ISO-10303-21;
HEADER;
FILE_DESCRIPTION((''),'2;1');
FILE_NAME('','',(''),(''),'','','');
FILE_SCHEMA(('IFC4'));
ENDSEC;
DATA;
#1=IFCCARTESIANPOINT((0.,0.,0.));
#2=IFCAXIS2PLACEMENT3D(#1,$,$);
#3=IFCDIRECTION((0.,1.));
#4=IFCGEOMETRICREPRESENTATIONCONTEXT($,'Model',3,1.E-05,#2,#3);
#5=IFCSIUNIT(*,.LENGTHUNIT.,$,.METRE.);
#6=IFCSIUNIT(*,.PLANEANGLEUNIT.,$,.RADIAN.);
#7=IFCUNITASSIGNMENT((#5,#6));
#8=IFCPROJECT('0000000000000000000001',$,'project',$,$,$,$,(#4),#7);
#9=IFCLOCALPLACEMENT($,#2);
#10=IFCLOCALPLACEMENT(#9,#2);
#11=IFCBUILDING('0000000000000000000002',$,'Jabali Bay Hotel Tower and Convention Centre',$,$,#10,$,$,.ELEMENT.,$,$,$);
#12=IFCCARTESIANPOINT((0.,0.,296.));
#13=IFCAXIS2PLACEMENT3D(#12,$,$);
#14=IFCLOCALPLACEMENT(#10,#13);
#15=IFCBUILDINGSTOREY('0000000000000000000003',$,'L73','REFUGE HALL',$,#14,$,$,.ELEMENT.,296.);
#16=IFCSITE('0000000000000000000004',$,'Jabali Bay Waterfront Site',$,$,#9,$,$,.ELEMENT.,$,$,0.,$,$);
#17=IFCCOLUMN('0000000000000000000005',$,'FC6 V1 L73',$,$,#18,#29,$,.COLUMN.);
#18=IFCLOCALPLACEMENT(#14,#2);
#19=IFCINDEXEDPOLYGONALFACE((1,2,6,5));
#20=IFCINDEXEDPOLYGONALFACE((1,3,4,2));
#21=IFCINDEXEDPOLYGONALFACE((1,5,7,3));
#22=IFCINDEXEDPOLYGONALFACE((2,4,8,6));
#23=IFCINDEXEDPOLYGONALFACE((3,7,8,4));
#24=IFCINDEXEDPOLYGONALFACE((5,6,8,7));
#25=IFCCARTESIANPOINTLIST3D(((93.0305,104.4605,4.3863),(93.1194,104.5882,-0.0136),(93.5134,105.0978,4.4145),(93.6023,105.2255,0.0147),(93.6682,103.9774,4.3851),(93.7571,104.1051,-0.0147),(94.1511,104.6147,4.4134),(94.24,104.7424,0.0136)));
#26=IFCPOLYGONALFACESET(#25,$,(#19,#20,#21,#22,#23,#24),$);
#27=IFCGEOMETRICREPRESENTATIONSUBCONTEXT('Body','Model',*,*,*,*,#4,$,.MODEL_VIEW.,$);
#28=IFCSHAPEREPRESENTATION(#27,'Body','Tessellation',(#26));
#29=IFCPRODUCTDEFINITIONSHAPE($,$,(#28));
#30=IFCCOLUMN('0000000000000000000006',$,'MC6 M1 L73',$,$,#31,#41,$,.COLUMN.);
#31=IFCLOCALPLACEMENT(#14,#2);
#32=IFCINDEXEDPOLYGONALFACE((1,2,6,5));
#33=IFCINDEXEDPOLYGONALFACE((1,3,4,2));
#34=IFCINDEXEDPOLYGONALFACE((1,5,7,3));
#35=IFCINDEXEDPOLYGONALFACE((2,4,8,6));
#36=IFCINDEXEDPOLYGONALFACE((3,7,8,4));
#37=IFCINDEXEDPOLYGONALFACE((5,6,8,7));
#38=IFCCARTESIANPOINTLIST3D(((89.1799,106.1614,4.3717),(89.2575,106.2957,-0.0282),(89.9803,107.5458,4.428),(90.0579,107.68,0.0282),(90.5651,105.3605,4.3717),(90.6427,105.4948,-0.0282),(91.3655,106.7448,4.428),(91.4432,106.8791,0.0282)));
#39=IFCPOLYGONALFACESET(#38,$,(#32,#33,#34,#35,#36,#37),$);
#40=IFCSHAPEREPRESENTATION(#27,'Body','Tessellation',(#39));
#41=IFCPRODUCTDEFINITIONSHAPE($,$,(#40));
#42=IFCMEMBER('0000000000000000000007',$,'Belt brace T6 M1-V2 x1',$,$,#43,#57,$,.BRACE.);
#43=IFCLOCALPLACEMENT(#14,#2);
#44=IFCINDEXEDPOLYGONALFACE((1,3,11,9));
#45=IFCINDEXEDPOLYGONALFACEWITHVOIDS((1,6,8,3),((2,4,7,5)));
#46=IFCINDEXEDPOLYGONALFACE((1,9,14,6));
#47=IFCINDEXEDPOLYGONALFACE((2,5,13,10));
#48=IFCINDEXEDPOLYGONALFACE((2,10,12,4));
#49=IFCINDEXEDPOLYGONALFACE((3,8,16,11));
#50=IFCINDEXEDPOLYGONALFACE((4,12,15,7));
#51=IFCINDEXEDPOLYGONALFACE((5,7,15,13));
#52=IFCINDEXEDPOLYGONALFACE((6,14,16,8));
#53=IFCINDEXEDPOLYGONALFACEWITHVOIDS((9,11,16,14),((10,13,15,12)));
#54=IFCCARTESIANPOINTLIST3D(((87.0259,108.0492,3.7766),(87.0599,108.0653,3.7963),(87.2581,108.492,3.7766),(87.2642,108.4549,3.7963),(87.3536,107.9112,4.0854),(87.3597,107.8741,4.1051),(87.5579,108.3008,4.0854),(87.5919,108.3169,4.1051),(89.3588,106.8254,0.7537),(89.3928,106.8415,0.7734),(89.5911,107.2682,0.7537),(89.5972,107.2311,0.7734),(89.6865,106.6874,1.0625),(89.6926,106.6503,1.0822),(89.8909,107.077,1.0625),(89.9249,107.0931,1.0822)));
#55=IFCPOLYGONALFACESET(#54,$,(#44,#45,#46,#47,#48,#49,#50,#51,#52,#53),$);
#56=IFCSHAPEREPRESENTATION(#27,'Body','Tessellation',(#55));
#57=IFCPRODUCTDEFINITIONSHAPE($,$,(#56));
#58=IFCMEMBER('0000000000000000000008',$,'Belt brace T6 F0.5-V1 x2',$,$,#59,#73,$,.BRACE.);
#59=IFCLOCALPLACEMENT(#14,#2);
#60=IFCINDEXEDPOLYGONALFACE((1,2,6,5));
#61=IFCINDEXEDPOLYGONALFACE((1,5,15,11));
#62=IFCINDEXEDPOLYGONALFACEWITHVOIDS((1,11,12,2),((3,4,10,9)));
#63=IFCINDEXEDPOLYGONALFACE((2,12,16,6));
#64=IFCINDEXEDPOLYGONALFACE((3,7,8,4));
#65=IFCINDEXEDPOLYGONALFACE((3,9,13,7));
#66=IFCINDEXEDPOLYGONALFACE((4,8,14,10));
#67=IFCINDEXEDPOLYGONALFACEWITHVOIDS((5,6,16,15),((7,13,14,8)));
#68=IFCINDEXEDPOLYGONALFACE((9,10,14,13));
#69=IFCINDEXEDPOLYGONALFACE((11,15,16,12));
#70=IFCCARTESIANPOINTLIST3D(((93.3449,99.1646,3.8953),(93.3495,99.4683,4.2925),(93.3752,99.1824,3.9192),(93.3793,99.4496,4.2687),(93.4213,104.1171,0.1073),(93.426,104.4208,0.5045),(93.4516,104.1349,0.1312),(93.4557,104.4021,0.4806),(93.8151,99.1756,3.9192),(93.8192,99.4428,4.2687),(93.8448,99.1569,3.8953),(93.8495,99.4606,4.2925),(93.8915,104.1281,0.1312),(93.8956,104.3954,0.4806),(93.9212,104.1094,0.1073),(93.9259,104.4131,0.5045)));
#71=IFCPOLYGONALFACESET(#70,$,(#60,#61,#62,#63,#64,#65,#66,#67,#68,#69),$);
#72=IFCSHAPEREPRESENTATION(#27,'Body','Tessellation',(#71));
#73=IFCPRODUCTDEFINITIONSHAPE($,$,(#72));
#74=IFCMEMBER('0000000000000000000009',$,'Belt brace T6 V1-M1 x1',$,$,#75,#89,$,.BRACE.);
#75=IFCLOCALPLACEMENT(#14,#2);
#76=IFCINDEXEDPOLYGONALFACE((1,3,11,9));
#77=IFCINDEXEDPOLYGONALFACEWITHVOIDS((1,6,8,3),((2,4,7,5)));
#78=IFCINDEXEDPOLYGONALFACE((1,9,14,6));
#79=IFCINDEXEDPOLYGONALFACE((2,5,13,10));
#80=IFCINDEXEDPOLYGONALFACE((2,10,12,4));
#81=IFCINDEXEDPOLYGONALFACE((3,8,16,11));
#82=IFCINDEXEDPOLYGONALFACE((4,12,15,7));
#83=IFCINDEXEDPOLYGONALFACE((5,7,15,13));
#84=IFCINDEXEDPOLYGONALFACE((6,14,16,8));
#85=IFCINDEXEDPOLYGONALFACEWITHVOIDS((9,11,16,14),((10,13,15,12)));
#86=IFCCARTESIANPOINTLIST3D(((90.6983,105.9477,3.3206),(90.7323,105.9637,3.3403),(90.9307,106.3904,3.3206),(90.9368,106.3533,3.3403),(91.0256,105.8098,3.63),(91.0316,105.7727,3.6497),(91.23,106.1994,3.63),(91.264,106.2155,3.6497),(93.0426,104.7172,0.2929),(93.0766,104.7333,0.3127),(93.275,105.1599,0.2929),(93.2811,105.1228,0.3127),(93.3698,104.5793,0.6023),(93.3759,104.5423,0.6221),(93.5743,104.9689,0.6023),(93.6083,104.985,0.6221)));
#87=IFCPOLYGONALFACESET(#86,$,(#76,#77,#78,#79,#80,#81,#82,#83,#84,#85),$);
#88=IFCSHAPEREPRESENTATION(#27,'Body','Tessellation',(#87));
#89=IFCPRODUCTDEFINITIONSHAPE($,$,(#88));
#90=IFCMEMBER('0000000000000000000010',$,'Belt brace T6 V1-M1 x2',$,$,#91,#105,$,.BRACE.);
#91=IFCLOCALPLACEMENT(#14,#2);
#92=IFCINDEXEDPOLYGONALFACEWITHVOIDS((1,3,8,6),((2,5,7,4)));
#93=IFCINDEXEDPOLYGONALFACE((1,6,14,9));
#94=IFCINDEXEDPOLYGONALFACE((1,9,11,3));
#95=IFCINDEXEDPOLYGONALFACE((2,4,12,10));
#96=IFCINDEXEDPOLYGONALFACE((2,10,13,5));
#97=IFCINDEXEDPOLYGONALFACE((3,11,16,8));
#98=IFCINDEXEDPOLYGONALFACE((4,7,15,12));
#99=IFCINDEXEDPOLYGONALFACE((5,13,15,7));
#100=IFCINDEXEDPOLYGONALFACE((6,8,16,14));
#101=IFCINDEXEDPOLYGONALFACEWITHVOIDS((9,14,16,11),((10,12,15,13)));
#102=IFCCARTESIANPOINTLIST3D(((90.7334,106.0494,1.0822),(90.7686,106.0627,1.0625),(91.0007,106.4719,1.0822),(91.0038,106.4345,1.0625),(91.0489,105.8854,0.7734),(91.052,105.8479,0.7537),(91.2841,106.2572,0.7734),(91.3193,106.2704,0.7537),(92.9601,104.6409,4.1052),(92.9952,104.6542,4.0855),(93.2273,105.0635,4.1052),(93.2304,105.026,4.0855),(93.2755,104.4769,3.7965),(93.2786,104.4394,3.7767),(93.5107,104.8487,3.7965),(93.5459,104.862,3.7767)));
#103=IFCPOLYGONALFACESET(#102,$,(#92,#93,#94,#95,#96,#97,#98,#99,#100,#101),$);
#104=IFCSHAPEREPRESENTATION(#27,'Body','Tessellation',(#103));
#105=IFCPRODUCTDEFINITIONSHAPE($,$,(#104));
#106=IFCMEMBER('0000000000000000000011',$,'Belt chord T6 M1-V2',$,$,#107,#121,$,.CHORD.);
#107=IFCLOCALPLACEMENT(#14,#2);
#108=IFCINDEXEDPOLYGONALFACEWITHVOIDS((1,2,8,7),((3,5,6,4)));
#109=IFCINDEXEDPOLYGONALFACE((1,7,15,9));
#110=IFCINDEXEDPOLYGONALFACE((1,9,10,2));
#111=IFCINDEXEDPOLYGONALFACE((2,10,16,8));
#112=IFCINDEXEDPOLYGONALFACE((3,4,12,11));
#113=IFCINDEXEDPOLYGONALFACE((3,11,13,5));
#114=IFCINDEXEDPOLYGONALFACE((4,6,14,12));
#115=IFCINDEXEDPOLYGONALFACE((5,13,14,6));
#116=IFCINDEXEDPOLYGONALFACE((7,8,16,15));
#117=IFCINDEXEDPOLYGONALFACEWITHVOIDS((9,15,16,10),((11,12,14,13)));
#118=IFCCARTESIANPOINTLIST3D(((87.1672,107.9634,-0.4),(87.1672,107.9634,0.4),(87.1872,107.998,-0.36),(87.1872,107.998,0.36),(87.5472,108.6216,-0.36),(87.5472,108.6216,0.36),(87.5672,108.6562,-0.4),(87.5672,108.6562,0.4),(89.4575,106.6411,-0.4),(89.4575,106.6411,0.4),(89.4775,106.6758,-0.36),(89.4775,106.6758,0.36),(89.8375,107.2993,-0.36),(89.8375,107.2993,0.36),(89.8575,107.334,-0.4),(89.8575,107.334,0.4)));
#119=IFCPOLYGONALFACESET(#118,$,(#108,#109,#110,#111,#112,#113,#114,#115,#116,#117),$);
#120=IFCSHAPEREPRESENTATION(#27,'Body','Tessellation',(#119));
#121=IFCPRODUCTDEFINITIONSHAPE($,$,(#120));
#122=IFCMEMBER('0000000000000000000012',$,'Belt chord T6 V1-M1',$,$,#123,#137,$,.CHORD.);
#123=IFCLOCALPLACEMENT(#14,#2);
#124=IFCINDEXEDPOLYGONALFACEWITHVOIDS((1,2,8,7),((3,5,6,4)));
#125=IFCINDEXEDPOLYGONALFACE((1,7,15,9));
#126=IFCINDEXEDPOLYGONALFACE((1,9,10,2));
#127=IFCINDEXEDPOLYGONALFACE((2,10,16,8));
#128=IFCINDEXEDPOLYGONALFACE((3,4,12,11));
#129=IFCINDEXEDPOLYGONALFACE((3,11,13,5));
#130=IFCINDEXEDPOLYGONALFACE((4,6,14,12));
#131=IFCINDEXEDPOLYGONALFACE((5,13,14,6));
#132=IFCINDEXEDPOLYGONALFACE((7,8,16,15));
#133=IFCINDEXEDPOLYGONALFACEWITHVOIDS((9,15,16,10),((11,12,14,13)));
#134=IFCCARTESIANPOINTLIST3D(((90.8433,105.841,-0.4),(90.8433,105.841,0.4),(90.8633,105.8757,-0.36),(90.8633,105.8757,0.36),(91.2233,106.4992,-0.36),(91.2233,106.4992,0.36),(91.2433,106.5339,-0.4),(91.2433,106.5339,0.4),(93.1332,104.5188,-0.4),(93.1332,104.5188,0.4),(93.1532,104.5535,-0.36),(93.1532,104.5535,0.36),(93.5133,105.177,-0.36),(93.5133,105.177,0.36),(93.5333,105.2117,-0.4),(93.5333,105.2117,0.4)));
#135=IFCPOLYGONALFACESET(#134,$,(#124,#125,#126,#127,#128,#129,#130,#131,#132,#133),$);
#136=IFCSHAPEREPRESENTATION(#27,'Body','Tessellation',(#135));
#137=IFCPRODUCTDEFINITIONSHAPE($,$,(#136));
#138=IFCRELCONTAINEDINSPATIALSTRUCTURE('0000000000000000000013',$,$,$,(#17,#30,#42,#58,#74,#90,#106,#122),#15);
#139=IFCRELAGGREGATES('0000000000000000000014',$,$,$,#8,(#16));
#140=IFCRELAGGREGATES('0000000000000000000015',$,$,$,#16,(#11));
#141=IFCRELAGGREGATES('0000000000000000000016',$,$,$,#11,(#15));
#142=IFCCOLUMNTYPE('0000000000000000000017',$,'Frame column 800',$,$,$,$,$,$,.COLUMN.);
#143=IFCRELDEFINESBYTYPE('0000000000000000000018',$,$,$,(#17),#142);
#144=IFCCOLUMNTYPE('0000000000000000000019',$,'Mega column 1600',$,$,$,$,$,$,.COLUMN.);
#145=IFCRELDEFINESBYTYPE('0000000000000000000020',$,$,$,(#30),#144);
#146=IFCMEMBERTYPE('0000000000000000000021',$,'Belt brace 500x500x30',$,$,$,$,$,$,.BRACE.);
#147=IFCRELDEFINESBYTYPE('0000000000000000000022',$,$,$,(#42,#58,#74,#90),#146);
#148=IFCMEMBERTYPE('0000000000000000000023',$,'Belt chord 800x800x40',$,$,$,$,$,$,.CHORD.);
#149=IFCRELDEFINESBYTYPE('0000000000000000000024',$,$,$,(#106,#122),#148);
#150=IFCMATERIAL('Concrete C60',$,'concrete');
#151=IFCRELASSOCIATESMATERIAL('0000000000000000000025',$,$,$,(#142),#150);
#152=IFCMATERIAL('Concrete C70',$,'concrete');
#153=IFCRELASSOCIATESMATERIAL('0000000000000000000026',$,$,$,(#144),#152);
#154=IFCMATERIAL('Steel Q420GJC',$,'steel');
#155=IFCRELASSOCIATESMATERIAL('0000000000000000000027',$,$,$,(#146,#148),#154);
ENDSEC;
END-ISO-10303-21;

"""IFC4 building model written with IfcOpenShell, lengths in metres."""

from ifc_helpers import new_model, si_unit, direction, frame, origin, origin_2d, place, context, subcontext, project, spatial, rectangle, hollow_rectangle, extrude, material, material_profile, profile_set, type_object, element, save


model = new_model("IFC4")

# Units and contexts
model_context = context("Model", 3, precision=1e-05, world=origin(), true_north=direction((0.0, 1.0)))
body_context = subcontext(model_context, "Body", "Model", "MODEL_VIEW")
ifc_project = project(units=[si_unit("LENGTHUNIT", "METRE"), si_unit("PLANEANGLEUNIT", "RADIAN")], contexts=[model_context])

# Site, building, storey
site_placement = place(None, origin())
site = spatial("IfcSite", under=ifc_project, at=site_placement, Name="Jabali Bay Waterfront Site", CompositionType="ELEMENT", RefElevation=0.0)
building_placement = place(site_placement, origin())
building = spatial("IfcBuilding", under=site, at=building_placement, Name="Jabali Bay Hotel Tower and Convention Centre", CompositionType="ELEMENT")
storey_placement = place(building_placement, frame((0.0, 0.0, 296.0)))
storey = spatial("IfcBuildingStorey", under=building, at=storey_placement, Name="L73", Description="REFUGE HALL", CompositionType="ELEMENT", Elevation=296.0)

# Columns
ifc_material_1 = material(Name="Concrete C60", Category="concrete")
ifc_material_profile_1 = material_profile(ifc_material_1, rectangle(XDim=0.8, YDim=0.8, at=origin_2d()), Name="Frame column 800")
ifc_profile_set_1 = profile_set([ifc_material_profile_1], Name="Concrete C60")
column_type_1 = type_object("IfcColumnType", Name="Frame column 800", PredefinedType="COLUMN", material=ifc_profile_set_1)
column_1_placement = place(storey_placement, frame((93.6797, 104.6653, 0.0), z_axis=(-0.020185, -0.029002, 0.999376), x_axis=(0.60354, 0.796551, 0.035306)))
element("IfcColumn", 1, at=column_1_placement, inside=storey, type_object=column_type_1, Name="FC6 V1 L73", PredefinedType="COLUMN", context=body_context, shape_type="SweptSolid", body=[
    extrude(rectangle(XDim=0.8, YDim=0.8, at=origin_2d()), origin(), (0.0, 0.0, 1.0), 4.4026),
])
ifc_material_2 = material(Name="Concrete C70", Category="concrete")
ifc_material_profile_2 = material_profile(ifc_material_2, rectangle(XDim=1.6001, YDim=1.6001, at=origin_2d()), Name="Mega column 1600")
ifc_profile_set_2 = profile_set([ifc_material_profile_2], Name="Concrete C70")
column_type_2 = type_object("IfcColumnType", Name="Mega column 1600", PredefinedType="COLUMN", material=ifc_profile_set_2)
column_2_placement = place(storey_placement, frame((90.3503, 106.5874, 0.0), z_axis=(-0.017634, -0.030499, 0.999379), x_axis=(0.500233, 0.865174, 0.03523)))
element("IfcColumn", 2, at=column_2_placement, inside=storey, type_object=column_type_2, Name="MC6 M1 L73", PredefinedType="COLUMN", context=body_context, shape_type="SweptSolid", body=[
    extrude(rectangle(XDim=1.6001, YDim=1.6001, at=origin_2d()), origin(), (0.0, 0.0, 1.0), 4.4026),
])

# Members
ifc_material_3 = material(Name="Steel Q420GJC", Category="steel")
ifc_material_profile_3 = material_profile(ifc_material_3, hollow_rectangle(XDim=0.5, YDim=0.5, WallThickness=0.03, at=origin_2d()), Name="Belt brace 500x500x30")
ifc_profile_set_3 = profile_set([ifc_material_profile_3], Name="Steel Q420GJC")
member_type_1 = type_object("IfcMemberType", Name="Belt brace 500x500x30", PredefinedType="BRACE", material=ifc_profile_set_3)
member_1_placement = place(storey_placement, frame((89.6418, 106.9592, 0.918), z_axis=(-0.581817, 0.305216, 0.753878), x_axis=(-0.464551, -0.885547, 0.0)))
element("IfcMember", 3, at=member_1_placement, inside=storey, type_object=member_type_1, Name="Belt brace T6 M1-V2 x1", PredefinedType="BRACE", context=body_context, shape_type="SweptSolid", body=[
    extrude(hollow_rectangle(XDim=0.5, YDim=0.5, WallThickness=0.03, at=origin_2d()), origin(), (0.0, 0.0, 1.0), 4.0098),
])
member_2_placement = place(storey_placement, frame((93.6736, 104.2651, 0.3059), z_axis=(-0.012255, -0.794238, 0.607483), x_axis=(0.999881, -0.015428, 0.0)))
element("IfcMember", 4, at=member_2_placement, inside=storey, type_object=member_type_1, Name="Belt brace T6 F0.5-V1 x2", PredefinedType="BRACE", context=body_context, shape_type="SweptSolid", body=[
    extrude(hollow_rectangle(XDim=0.5, YDim=0.5, WallThickness=0.03, at=origin_2d()), origin(), (0.0, 0.0, 1.0), 6.2356),
])
member_3_placement = place(storey_placement, frame((93.3254, 104.8511, 0.4575), z_axis=(-0.582866, 0.305941, 0.752773), x_axis=(-0.464758, -0.885438, 0.0)))
element("IfcMember", 5, at=member_3_placement, inside=storey, type_object=member_type_1, Name="Belt brace T6 V1-M1 x1", PredefinedType="BRACE", context=body_context, shape_type="SweptSolid", body=[
    extrude(hollow_rectangle(XDim=0.5, YDim=0.5, WallThickness=0.03, at=origin_2d()), origin(), (0.0, 0.0, 1.0), 4.022),
])
member_4_placement = place(storey_placement, frame((91.0264, 106.1599, 0.918), z_axis=(0.555262, -0.35124, 0.753866), x_axis=(0.534589, 0.845112, 0.0)))
element("IfcMember", 6, at=member_4_placement, inside=storey, type_object=member_type_1, Name="Belt brace T6 V1-M1 x2", PredefinedType="BRACE", context=body_context, shape_type="SweptSolid", body=[
    extrude(hollow_rectangle(XDim=0.5, YDim=0.5, WallThickness=0.03, at=origin_2d()), origin(), (0.0, 0.0, 1.0), 4.01),
])
ifc_material_profile_4 = material_profile(ifc_material_3, hollow_rectangle(XDim=0.8, YDim=0.8, WallThickness=0.04, at=origin_2d()), Name="Belt chord 800x800x40")
ifc_profile_set_4 = profile_set([ifc_material_profile_4], Name="Steel Q420GJC")
member_type_2 = type_object("IfcMemberType", Name="Belt chord 800x800x40", PredefinedType="CHORD", material=ifc_profile_set_4)
member_5_placement = place(storey_placement, frame((89.6575, 106.9875, 0.0), z_axis=(-0.86603, 0.499991, 0.0), x_axis=(-0.499991, -0.86603, 0.0)))
element("IfcMember", 7, at=member_5_placement, inside=storey, type_object=member_type_2, Name="Belt chord T6 M1-V2", PredefinedType="CHORD", context=body_context, shape_type="SweptSolid", body=[
    extrude(hollow_rectangle(XDim=0.8, YDim=0.8, WallThickness=0.04, at=origin_2d()), origin(), (0.0, 0.0, 1.0), 2.6445),
])
member_6_placement = place(storey_placement, frame((93.3333, 104.8652, 0.0), z_axis=(-0.866007, 0.500031, 0.0), x_axis=(-0.500031, -0.866007, 0.0)))
element("IfcMember", 8, at=member_6_placement, inside=storey, type_object=member_type_2, Name="Belt chord T6 V1-M1", PredefinedType="CHORD", context=body_context, shape_type="SweptSolid", body=[
    extrude(hollow_rectangle(XDim=0.8, YDim=0.8, WallThickness=0.04, at=origin_2d()), origin(), (0.0, 0.0, 1.0), 2.6443),
])

save(model, "model.ifc")
